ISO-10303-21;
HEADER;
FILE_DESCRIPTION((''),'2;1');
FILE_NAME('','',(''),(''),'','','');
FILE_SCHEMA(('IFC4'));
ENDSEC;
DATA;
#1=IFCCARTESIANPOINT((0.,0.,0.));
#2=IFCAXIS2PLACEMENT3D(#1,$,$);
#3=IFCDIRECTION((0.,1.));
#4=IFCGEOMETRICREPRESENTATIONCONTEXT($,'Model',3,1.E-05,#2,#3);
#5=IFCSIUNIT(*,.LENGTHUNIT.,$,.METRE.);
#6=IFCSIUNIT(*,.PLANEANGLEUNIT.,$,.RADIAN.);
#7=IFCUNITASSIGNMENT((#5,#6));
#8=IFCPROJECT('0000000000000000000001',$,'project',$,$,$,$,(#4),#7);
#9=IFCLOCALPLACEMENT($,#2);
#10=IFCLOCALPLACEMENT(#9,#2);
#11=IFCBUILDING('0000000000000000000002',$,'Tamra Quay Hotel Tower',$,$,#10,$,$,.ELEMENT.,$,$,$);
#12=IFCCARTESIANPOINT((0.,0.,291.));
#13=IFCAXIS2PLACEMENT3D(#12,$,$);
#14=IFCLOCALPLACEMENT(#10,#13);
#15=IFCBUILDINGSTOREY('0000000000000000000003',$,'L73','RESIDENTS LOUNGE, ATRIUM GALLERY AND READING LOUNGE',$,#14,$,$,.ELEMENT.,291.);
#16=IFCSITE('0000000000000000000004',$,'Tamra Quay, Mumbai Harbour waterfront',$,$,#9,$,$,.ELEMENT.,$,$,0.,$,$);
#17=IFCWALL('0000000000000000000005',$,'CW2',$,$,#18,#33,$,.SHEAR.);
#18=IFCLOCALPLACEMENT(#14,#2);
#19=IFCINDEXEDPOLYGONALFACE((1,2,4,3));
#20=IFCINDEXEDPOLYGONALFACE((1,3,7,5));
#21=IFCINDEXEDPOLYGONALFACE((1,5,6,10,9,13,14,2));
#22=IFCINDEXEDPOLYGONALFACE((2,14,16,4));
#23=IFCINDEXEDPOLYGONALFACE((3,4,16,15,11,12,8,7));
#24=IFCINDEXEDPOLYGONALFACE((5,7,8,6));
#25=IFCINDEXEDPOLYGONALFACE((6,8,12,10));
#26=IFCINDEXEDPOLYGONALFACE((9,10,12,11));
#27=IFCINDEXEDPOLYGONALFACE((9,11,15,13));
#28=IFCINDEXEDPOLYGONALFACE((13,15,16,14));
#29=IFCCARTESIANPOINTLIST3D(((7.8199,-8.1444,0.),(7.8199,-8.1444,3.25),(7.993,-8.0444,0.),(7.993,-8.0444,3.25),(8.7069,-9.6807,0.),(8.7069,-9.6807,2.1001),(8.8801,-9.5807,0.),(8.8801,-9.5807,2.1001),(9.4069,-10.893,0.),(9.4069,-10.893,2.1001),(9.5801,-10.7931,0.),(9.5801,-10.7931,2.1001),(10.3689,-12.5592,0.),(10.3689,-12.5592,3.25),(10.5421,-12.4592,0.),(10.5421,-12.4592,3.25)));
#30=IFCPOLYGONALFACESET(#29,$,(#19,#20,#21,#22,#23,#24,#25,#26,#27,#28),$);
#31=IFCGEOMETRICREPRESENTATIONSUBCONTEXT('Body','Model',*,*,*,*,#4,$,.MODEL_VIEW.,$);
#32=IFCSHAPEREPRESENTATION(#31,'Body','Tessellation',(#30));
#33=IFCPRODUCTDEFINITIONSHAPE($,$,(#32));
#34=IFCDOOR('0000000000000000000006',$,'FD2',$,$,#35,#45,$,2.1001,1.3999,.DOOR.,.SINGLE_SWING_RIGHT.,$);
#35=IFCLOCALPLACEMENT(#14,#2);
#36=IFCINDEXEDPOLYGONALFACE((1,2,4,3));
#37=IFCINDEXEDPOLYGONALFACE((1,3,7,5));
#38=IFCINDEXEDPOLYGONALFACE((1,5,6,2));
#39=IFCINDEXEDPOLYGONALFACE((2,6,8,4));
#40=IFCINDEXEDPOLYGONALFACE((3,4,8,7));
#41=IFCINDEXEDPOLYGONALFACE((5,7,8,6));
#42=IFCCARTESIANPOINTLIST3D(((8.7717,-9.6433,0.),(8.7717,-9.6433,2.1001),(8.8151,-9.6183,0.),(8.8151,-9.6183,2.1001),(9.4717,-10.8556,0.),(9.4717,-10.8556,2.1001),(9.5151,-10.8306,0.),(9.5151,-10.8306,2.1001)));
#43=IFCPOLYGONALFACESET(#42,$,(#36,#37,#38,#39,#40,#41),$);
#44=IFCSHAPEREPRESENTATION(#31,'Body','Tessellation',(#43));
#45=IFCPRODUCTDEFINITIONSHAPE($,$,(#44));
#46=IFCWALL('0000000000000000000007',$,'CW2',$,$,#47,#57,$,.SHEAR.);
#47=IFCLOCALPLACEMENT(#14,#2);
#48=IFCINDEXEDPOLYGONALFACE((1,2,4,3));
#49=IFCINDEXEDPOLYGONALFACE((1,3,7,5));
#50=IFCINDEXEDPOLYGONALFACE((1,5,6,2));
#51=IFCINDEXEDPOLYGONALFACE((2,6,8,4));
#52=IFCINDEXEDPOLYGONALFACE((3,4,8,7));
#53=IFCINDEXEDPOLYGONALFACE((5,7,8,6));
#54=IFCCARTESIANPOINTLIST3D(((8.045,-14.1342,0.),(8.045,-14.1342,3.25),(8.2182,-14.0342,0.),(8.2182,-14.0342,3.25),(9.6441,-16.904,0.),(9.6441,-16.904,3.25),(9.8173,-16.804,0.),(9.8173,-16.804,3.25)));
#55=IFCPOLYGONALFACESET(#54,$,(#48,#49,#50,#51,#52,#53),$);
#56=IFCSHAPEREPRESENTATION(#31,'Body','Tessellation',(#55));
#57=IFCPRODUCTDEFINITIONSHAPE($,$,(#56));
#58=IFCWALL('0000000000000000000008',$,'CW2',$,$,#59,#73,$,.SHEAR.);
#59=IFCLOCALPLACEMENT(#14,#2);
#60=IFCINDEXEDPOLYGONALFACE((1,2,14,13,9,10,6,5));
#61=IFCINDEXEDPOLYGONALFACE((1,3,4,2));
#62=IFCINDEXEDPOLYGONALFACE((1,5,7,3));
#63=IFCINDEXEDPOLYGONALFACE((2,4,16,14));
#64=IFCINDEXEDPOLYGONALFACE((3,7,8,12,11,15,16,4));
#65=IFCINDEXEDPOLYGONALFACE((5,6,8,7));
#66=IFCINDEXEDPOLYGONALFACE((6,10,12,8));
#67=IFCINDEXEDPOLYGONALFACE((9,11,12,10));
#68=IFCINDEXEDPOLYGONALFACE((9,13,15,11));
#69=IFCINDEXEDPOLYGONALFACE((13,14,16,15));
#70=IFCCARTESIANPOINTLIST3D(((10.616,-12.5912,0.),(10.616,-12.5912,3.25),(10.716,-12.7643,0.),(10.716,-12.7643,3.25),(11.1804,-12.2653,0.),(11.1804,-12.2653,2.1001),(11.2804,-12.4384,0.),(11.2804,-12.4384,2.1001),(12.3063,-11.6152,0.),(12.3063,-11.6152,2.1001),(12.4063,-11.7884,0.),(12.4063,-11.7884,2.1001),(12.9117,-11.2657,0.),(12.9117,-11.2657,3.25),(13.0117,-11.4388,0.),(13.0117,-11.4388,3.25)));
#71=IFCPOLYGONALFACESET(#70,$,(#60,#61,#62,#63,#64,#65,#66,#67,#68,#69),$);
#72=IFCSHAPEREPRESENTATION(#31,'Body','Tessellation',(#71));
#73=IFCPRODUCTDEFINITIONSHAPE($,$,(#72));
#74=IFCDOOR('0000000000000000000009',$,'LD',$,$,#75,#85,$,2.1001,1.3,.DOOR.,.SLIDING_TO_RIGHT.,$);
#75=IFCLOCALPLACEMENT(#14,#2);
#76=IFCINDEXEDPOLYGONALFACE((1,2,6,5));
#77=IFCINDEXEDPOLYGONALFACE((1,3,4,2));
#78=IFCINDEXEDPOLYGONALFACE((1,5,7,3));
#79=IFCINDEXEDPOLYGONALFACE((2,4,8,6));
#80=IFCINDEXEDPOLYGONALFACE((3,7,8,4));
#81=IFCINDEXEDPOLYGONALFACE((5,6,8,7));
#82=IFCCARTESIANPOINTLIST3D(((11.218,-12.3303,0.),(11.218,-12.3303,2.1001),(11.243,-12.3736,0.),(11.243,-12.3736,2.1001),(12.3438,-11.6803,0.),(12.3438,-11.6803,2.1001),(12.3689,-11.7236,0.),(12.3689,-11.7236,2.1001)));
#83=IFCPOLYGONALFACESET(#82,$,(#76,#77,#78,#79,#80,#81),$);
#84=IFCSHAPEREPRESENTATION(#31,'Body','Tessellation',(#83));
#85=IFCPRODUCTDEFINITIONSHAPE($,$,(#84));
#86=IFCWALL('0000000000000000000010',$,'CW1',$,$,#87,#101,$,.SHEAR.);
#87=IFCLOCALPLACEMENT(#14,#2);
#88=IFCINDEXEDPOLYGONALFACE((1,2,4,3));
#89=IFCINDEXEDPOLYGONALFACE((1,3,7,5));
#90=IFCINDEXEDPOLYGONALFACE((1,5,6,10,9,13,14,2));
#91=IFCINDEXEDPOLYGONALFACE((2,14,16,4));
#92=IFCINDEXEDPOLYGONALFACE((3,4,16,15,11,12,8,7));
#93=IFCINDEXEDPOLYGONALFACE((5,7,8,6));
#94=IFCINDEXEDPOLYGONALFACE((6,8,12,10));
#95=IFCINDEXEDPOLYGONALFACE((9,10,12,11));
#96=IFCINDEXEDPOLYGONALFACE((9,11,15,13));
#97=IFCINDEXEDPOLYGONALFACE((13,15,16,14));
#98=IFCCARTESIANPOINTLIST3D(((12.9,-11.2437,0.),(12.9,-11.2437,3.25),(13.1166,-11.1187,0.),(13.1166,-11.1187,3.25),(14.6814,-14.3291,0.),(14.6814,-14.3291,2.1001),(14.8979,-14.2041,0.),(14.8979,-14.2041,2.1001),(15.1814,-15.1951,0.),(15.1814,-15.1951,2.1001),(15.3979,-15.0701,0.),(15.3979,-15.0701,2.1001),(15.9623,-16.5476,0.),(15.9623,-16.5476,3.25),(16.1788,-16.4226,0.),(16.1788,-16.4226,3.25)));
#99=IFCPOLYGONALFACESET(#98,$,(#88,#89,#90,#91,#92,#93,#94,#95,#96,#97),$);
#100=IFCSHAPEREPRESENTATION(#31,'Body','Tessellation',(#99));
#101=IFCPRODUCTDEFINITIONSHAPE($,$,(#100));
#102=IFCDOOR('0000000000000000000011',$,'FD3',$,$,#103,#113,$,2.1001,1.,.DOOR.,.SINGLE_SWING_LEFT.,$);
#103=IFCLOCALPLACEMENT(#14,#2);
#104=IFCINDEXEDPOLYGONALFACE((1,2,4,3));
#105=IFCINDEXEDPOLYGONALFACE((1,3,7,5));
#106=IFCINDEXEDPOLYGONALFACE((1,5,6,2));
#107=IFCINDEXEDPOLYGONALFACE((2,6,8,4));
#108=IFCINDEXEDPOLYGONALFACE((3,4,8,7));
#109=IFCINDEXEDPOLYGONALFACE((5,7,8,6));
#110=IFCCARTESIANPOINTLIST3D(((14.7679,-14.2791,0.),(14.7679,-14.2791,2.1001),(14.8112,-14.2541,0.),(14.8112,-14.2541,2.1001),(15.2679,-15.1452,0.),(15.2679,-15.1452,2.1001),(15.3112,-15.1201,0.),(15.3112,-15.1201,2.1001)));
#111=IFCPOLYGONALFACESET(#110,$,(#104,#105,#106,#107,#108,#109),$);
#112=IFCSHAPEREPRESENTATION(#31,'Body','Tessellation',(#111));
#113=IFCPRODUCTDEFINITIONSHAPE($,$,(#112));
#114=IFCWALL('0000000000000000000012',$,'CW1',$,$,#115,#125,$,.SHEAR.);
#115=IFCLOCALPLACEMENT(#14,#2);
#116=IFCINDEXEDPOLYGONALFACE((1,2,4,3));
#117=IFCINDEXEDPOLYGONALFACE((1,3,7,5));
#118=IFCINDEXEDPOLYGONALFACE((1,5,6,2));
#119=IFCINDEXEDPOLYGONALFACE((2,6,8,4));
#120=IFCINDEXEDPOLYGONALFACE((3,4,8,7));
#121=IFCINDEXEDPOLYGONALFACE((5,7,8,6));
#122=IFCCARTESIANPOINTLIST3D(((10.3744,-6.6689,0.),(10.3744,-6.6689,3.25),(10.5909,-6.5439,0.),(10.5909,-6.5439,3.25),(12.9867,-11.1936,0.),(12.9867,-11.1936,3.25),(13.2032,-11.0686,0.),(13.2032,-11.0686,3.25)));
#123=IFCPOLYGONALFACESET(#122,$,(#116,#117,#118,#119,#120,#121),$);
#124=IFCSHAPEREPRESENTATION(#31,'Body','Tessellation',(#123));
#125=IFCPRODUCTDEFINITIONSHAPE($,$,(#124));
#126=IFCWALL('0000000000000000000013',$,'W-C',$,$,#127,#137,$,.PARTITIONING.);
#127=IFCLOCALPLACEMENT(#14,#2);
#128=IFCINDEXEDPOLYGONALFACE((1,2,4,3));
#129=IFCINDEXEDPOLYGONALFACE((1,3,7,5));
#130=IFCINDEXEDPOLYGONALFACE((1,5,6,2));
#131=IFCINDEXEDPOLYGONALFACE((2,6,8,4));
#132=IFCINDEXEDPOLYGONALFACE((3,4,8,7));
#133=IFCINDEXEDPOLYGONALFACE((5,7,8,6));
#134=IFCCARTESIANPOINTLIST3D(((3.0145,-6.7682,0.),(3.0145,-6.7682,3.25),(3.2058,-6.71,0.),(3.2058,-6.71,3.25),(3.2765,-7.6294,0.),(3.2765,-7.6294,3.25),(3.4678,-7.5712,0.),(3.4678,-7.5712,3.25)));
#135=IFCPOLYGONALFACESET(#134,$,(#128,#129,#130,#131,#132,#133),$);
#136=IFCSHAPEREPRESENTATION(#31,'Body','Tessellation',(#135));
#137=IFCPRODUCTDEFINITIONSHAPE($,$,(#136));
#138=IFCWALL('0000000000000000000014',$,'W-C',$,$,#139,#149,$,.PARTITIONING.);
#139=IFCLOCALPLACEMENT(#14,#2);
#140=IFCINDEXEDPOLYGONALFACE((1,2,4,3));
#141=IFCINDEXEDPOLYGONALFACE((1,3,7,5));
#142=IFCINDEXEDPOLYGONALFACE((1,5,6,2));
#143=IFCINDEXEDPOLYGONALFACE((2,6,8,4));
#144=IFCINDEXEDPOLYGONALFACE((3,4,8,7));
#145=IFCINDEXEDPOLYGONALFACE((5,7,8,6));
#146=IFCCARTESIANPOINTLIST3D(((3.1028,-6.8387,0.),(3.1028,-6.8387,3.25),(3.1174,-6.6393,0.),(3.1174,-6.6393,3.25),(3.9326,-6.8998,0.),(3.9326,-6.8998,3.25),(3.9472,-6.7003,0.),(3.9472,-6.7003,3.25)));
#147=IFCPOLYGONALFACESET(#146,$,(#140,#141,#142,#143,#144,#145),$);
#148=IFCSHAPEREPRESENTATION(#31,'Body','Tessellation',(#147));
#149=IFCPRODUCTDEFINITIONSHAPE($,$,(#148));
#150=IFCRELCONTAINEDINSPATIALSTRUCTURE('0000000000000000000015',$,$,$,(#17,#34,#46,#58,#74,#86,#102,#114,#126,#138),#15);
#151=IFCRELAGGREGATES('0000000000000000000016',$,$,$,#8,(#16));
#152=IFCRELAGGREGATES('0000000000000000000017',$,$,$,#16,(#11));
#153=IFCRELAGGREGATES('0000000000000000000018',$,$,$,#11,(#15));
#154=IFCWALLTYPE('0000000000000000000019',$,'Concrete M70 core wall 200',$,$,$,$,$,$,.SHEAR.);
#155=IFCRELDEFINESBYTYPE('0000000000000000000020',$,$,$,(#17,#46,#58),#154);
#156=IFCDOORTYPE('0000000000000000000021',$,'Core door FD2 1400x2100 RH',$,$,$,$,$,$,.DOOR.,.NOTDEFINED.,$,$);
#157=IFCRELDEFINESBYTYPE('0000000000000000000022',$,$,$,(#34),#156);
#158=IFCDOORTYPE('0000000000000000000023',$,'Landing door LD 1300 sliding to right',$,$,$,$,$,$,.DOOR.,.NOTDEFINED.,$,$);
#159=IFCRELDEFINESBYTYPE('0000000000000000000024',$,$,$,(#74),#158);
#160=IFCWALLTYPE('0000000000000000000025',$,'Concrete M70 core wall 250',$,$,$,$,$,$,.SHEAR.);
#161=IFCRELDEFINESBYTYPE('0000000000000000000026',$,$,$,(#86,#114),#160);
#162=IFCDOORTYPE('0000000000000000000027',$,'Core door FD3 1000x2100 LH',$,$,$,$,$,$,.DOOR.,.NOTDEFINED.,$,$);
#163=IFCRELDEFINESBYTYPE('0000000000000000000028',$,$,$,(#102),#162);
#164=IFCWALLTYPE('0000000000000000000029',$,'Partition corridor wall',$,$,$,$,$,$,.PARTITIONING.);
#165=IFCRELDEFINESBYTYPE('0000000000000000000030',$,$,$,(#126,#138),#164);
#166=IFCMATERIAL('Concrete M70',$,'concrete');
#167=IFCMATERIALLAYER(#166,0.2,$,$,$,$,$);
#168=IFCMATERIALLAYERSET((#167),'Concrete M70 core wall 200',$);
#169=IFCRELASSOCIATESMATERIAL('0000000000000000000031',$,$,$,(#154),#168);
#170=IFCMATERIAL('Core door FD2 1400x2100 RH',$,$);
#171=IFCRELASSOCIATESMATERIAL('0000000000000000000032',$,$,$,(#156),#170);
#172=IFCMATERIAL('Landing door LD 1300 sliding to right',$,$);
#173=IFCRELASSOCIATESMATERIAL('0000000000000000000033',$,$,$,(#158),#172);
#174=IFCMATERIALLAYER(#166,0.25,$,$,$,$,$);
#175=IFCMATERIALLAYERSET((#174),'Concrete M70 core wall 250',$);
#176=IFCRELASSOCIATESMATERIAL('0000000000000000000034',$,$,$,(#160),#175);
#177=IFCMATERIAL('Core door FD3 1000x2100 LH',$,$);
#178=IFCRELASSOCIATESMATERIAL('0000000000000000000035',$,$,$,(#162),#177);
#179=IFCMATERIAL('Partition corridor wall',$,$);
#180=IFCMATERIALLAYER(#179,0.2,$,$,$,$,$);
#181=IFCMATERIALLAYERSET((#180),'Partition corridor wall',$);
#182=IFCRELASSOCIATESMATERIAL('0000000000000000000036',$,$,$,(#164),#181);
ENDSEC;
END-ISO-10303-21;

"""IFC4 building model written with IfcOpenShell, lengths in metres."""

from ifc_helpers import new_model, si_unit, direction, frame, frame_2d, origin, place, context, subcontext, project, spatial, rectangle, extrude, material, layer, layer_set, type_object, element, fill, save


model = new_model("IFC4")

# Units and contexts
model_context = context("Model", 3, precision=1e-05, world=origin(), true_north=direction((0.0, 1.0)))
body_context = subcontext(model_context, "Body", "Model", "MODEL_VIEW")
ifc_project = project(units=[si_unit("LENGTHUNIT", "METRE"), si_unit("PLANEANGLEUNIT", "RADIAN")], contexts=[model_context])

# Site, building, storey
site_placement = place(None, origin())
site = spatial("IfcSite", under=ifc_project, at=site_placement, Name="Tamra Quay, Mumbai Harbour waterfront", CompositionType="ELEMENT", RefElevation=0.0)
building_placement = place(site_placement, origin())
building = spatial("IfcBuilding", under=site, at=building_placement, Name="Tamra Quay Hotel Tower", CompositionType="ELEMENT")
storey_placement = place(building_placement, frame((0.0, 0.0, 291.0)))
storey = spatial("IfcBuildingStorey", under=building, at=storey_placement, Name="L73", Description="RESIDENTS LOUNGE, ATRIUM GALLERY AND READING LOUNGE", CompositionType="ELEMENT", Elevation=291.0)

# Wall, opening, door
ifc_material_1 = material(Name="Concrete M70", Category="concrete")
ifc_layer_1 = layer(ifc_material_1, 0.2)
ifc_layer_set_1 = layer_set([ifc_layer_1], Name="Concrete M70 core wall 200")
wall_type_1 = type_object("IfcWallType", Name="Concrete M70 core wall 200", PredefinedType="SHEAR", material=ifc_layer_set_1)
wall_1_placement = place(storey_placement, frame((7.9065, -8.0945, 0.0), z_axis=(0.0, 0.0, 1.0), x_axis=(0.500028, -0.866009, 0.0)))
wall_1 = element("IfcWall", 1, at=wall_1_placement, inside=storey, type_object=wall_type_1, Name="CW2", PredefinedType="SHEAR", context=body_context, shape_type="SweptSolid", body=[
    extrude(rectangle(XDim=5.0979, YDim=0.2, at=frame_2d((2.5488, 0.0))), origin(), (0.0, 0.0, 1.0), 3.25),
])
opening_1_placement = place(wall_1_placement, frame((1.7739, 0.0, 0.0)))
opening_1 = element("IfcOpeningElement", 2, at=opening_1_placement, cuts=wall_1, PredefinedType="OPENING", context=body_context, shape_type="SweptSolid", body=[
    extrude(rectangle(XDim=1.3999, YDim=2.1001, at=frame_2d((0.7, 1.05))), frame((0.0, 0.1099, 0.0), z_axis=(0.0, -1.0, 0.0), x_axis=(1.0, 0.0, 0.0)), (0.0, 0.0, 1.0), 0.22),
])
ifc_material_2 = material(Name="Core door FD2 1400x2100 RH")
door_type_1 = type_object("IfcDoorType", Name="Core door FD2 1400x2100 RH", OperationType="NOTDEFINED", PredefinedType="DOOR", material=ifc_material_2)
door_1_placement = place(opening_1_placement, origin())
door_1 = element("IfcDoor", 3, at=door_1_placement, inside=storey, type_object=door_type_1, Name="FD2", OperationType="SINGLE_SWING_RIGHT", OverallHeight=2.1001, OverallWidth=1.3999, PredefinedType="DOOR", context=body_context, shape_type="SweptSolid", body=[
    extrude(rectangle(XDim=1.3999, YDim=2.1001, at=frame_2d((0.7, 1.05))), frame((0.0, 0.0249, 0.0), z_axis=(0.0, -1.0, 0.0), x_axis=(1.0, 0.0, 0.0)), (0.0, 0.0, 1.0), 0.05),
])
fill(opening_1, door_1)

# Wall
wall_2_placement = place(storey_placement, frame((8.1316, -14.0842, 0.0), z_axis=(0.0, 0.0, 1.0), x_axis=(0.499998, -0.866027, 0.0)))
element("IfcWall", 4, at=wall_2_placement, inside=storey, type_object=wall_type_1, Name="CW2", PredefinedType="SHEAR", context=body_context, shape_type="SweptSolid", body=[
    extrude(rectangle(XDim=3.1982, YDim=0.2, at=frame_2d((1.5991, 0.0))), origin(), (0.0, 0.0, 1.0), 3.25),
])

# Walls, openings, doors
wall_3_placement = place(storey_placement, frame((10.666, -12.6777, 0.0), z_axis=(0.0, 0.0, 1.0), x_axis=(0.866018, 0.500012, 0.0)))
wall_3 = element("IfcWall", 5, at=wall_3_placement, inside=storey, type_object=wall_type_1, Name="CW2", PredefinedType="SHEAR", context=body_context, shape_type="SweptSolid", body=[
    extrude(rectangle(XDim=2.6509, YDim=0.2, at=frame_2d((1.3254, 0.0))), origin(), (0.0, 0.0, 1.0), 3.25),
])
opening_2_placement = place(wall_3_placement, frame((0.6519, 0.0, 0.0)))
opening_2 = element("IfcOpeningElement", 6, at=opening_2_placement, cuts=wall_3, PredefinedType="OPENING", context=body_context, shape_type="SweptSolid", body=[
    extrude(rectangle(XDim=1.3, YDim=2.1001, at=frame_2d((0.6499, 1.05))), frame((0.0, 0.1099, 0.0), z_axis=(0.0, -1.0, 0.0), x_axis=(1.0, 0.0, 0.0)), (0.0, 0.0, 1.0), 0.22),
])
ifc_material_3 = material(Name="Landing door LD 1300 sliding to right")
door_type_2 = type_object("IfcDoorType", Name="Landing door LD 1300 sliding to right", OperationType="NOTDEFINED", PredefinedType="DOOR", material=ifc_material_3)
door_2_placement = place(opening_2_placement, origin())
door_2 = element("IfcDoor", 7, at=door_2_placement, inside=storey, type_object=door_type_2, Name="LD", OperationType="SLIDING_TO_RIGHT", OverallHeight=2.1001, OverallWidth=1.3, PredefinedType="DOOR", context=body_context, shape_type="SweptSolid", body=[
    extrude(rectangle(XDim=1.3, YDim=2.1001, at=frame_2d((0.6499, 1.05))), frame((0.0, 0.0249, 0.0), z_axis=(0.0, -1.0, 0.0), x_axis=(1.0, 0.0, 0.0)), (0.0, 0.0, 1.0), 0.05),
])
fill(opening_2, door_2)
ifc_layer_2 = layer(ifc_material_1, 0.25)
ifc_layer_set_2 = layer_set([ifc_layer_2], Name="Concrete M70 core wall 250")
wall_type_2 = type_object("IfcWallType", Name="Concrete M70 core wall 250", PredefinedType="SHEAR", material=ifc_layer_set_2)
wall_4_placement = place(storey_placement, frame((13.0083, -11.1812, 0.0), z_axis=(0.0, 0.0, 1.0), x_axis=(0.500002, -0.866024, 0.0)))
wall_4 = element("IfcWall", 8, at=wall_4_placement, inside=storey, type_object=wall_type_2, Name="CW1", PredefinedType="SHEAR", context=body_context, shape_type="SweptSolid", body=[
    extrude(rectangle(XDim=6.1245, YDim=0.25, at=frame_2d((3.0623, 0.0))), origin(), (0.0, 0.0, 1.0), 3.25),
])
opening_3_placement = place(wall_4_placement, frame((3.5627, 0.0, 0.0)))
opening_3 = element("IfcOpeningElement", 9, at=opening_3_placement, cuts=wall_4, PredefinedType="OPENING", context=body_context, shape_type="SweptSolid", body=[
    extrude(rectangle(XDim=1.0, YDim=2.1001, at=frame_2d((0.5, 1.05))), frame((0.0, 0.135, 0.0), z_axis=(0.0, -1.0, 0.0), x_axis=(1.0, 0.0, 0.0)), (0.0, 0.0, 1.0), 0.27),
])
ifc_material_4 = material(Name="Core door FD3 1000x2100 LH")
door_type_3 = type_object("IfcDoorType", Name="Core door FD3 1000x2100 LH", OperationType="NOTDEFINED", PredefinedType="DOOR", material=ifc_material_4)
door_3_placement = place(opening_3_placement, origin())
door_3 = element("IfcDoor", 10, at=door_3_placement, inside=storey, type_object=door_type_3, Name="FD3", OperationType="SINGLE_SWING_LEFT", OverallHeight=2.1001, OverallWidth=1.0, PredefinedType="DOOR", context=body_context, shape_type="SweptSolid", body=[
    extrude(rectangle(XDim=1.0, YDim=2.1001, at=frame_2d((0.5, 1.05))), frame((0.0, 0.0249, 0.0), z_axis=(0.0, -1.0, 0.0), x_axis=(1.0, 0.0, 0.0)), (0.0, 0.0, 1.0), 0.05),
])
fill(opening_3, door_3)

# Walls
wall_5_placement = place(storey_placement, frame((10.4827, -6.6064, 0.0), z_axis=(0.0, 0.0, 1.0), x_axis=(0.499999, -0.866026, 0.0)))
element("IfcWall", 11, at=wall_5_placement, inside=storey, type_object=wall_type_2, Name="CW1", PredefinedType="SHEAR", context=body_context, shape_type="SweptSolid", body=[
    extrude(rectangle(XDim=5.2246, YDim=0.25, at=frame_2d((2.6123, 0.0))), origin(), (0.0, 0.0, 1.0), 3.25),
])
ifc_material_5 = material(Name="Partition corridor wall")
ifc_layer_3 = layer(ifc_material_5, 0.2)
ifc_layer_set_3 = layer_set([ifc_layer_3], Name="Partition corridor wall")
wall_type_3 = type_object("IfcWallType", Name="Partition corridor wall", PredefinedType="PARTITIONING", material=ifc_layer_set_3)
wall_6_placement = place(storey_placement, frame((3.1101, -6.739, 0.0), z_axis=(0.0, 0.0, 1.0), x_axis=(0.291054, -0.956707, 0.0)))
element("IfcWall", 12, at=wall_6_placement, inside=storey, type_object=wall_type_3, Name="W-C", PredefinedType="PARTITIONING", context=body_context, shape_type="SweptSolid", body=[
    extrude(rectangle(XDim=0.9001, YDim=0.2, at=frame_2d((0.4502, 0.0))), origin(), (0.0, 0.0, 1.0), 3.25),
])
wall_7_placement = place(storey_placement, frame((3.1101, -6.739, 0.0), z_axis=(0.0, 0.0, 1.0), x_axis=(0.997306, -0.073353, 0.0)))
element("IfcWall", 13, at=wall_7_placement, inside=storey, type_object=wall_type_3, Name="W-C", PredefinedType="PARTITIONING", context=body_context, shape_type="SweptSolid", body=[
    extrude(rectangle(XDim=0.832, YDim=0.2, at=frame_2d((0.416, 0.0))), origin(), (0.0, 0.0, 1.0), 3.25),
])

save(model, "model.ifc")
